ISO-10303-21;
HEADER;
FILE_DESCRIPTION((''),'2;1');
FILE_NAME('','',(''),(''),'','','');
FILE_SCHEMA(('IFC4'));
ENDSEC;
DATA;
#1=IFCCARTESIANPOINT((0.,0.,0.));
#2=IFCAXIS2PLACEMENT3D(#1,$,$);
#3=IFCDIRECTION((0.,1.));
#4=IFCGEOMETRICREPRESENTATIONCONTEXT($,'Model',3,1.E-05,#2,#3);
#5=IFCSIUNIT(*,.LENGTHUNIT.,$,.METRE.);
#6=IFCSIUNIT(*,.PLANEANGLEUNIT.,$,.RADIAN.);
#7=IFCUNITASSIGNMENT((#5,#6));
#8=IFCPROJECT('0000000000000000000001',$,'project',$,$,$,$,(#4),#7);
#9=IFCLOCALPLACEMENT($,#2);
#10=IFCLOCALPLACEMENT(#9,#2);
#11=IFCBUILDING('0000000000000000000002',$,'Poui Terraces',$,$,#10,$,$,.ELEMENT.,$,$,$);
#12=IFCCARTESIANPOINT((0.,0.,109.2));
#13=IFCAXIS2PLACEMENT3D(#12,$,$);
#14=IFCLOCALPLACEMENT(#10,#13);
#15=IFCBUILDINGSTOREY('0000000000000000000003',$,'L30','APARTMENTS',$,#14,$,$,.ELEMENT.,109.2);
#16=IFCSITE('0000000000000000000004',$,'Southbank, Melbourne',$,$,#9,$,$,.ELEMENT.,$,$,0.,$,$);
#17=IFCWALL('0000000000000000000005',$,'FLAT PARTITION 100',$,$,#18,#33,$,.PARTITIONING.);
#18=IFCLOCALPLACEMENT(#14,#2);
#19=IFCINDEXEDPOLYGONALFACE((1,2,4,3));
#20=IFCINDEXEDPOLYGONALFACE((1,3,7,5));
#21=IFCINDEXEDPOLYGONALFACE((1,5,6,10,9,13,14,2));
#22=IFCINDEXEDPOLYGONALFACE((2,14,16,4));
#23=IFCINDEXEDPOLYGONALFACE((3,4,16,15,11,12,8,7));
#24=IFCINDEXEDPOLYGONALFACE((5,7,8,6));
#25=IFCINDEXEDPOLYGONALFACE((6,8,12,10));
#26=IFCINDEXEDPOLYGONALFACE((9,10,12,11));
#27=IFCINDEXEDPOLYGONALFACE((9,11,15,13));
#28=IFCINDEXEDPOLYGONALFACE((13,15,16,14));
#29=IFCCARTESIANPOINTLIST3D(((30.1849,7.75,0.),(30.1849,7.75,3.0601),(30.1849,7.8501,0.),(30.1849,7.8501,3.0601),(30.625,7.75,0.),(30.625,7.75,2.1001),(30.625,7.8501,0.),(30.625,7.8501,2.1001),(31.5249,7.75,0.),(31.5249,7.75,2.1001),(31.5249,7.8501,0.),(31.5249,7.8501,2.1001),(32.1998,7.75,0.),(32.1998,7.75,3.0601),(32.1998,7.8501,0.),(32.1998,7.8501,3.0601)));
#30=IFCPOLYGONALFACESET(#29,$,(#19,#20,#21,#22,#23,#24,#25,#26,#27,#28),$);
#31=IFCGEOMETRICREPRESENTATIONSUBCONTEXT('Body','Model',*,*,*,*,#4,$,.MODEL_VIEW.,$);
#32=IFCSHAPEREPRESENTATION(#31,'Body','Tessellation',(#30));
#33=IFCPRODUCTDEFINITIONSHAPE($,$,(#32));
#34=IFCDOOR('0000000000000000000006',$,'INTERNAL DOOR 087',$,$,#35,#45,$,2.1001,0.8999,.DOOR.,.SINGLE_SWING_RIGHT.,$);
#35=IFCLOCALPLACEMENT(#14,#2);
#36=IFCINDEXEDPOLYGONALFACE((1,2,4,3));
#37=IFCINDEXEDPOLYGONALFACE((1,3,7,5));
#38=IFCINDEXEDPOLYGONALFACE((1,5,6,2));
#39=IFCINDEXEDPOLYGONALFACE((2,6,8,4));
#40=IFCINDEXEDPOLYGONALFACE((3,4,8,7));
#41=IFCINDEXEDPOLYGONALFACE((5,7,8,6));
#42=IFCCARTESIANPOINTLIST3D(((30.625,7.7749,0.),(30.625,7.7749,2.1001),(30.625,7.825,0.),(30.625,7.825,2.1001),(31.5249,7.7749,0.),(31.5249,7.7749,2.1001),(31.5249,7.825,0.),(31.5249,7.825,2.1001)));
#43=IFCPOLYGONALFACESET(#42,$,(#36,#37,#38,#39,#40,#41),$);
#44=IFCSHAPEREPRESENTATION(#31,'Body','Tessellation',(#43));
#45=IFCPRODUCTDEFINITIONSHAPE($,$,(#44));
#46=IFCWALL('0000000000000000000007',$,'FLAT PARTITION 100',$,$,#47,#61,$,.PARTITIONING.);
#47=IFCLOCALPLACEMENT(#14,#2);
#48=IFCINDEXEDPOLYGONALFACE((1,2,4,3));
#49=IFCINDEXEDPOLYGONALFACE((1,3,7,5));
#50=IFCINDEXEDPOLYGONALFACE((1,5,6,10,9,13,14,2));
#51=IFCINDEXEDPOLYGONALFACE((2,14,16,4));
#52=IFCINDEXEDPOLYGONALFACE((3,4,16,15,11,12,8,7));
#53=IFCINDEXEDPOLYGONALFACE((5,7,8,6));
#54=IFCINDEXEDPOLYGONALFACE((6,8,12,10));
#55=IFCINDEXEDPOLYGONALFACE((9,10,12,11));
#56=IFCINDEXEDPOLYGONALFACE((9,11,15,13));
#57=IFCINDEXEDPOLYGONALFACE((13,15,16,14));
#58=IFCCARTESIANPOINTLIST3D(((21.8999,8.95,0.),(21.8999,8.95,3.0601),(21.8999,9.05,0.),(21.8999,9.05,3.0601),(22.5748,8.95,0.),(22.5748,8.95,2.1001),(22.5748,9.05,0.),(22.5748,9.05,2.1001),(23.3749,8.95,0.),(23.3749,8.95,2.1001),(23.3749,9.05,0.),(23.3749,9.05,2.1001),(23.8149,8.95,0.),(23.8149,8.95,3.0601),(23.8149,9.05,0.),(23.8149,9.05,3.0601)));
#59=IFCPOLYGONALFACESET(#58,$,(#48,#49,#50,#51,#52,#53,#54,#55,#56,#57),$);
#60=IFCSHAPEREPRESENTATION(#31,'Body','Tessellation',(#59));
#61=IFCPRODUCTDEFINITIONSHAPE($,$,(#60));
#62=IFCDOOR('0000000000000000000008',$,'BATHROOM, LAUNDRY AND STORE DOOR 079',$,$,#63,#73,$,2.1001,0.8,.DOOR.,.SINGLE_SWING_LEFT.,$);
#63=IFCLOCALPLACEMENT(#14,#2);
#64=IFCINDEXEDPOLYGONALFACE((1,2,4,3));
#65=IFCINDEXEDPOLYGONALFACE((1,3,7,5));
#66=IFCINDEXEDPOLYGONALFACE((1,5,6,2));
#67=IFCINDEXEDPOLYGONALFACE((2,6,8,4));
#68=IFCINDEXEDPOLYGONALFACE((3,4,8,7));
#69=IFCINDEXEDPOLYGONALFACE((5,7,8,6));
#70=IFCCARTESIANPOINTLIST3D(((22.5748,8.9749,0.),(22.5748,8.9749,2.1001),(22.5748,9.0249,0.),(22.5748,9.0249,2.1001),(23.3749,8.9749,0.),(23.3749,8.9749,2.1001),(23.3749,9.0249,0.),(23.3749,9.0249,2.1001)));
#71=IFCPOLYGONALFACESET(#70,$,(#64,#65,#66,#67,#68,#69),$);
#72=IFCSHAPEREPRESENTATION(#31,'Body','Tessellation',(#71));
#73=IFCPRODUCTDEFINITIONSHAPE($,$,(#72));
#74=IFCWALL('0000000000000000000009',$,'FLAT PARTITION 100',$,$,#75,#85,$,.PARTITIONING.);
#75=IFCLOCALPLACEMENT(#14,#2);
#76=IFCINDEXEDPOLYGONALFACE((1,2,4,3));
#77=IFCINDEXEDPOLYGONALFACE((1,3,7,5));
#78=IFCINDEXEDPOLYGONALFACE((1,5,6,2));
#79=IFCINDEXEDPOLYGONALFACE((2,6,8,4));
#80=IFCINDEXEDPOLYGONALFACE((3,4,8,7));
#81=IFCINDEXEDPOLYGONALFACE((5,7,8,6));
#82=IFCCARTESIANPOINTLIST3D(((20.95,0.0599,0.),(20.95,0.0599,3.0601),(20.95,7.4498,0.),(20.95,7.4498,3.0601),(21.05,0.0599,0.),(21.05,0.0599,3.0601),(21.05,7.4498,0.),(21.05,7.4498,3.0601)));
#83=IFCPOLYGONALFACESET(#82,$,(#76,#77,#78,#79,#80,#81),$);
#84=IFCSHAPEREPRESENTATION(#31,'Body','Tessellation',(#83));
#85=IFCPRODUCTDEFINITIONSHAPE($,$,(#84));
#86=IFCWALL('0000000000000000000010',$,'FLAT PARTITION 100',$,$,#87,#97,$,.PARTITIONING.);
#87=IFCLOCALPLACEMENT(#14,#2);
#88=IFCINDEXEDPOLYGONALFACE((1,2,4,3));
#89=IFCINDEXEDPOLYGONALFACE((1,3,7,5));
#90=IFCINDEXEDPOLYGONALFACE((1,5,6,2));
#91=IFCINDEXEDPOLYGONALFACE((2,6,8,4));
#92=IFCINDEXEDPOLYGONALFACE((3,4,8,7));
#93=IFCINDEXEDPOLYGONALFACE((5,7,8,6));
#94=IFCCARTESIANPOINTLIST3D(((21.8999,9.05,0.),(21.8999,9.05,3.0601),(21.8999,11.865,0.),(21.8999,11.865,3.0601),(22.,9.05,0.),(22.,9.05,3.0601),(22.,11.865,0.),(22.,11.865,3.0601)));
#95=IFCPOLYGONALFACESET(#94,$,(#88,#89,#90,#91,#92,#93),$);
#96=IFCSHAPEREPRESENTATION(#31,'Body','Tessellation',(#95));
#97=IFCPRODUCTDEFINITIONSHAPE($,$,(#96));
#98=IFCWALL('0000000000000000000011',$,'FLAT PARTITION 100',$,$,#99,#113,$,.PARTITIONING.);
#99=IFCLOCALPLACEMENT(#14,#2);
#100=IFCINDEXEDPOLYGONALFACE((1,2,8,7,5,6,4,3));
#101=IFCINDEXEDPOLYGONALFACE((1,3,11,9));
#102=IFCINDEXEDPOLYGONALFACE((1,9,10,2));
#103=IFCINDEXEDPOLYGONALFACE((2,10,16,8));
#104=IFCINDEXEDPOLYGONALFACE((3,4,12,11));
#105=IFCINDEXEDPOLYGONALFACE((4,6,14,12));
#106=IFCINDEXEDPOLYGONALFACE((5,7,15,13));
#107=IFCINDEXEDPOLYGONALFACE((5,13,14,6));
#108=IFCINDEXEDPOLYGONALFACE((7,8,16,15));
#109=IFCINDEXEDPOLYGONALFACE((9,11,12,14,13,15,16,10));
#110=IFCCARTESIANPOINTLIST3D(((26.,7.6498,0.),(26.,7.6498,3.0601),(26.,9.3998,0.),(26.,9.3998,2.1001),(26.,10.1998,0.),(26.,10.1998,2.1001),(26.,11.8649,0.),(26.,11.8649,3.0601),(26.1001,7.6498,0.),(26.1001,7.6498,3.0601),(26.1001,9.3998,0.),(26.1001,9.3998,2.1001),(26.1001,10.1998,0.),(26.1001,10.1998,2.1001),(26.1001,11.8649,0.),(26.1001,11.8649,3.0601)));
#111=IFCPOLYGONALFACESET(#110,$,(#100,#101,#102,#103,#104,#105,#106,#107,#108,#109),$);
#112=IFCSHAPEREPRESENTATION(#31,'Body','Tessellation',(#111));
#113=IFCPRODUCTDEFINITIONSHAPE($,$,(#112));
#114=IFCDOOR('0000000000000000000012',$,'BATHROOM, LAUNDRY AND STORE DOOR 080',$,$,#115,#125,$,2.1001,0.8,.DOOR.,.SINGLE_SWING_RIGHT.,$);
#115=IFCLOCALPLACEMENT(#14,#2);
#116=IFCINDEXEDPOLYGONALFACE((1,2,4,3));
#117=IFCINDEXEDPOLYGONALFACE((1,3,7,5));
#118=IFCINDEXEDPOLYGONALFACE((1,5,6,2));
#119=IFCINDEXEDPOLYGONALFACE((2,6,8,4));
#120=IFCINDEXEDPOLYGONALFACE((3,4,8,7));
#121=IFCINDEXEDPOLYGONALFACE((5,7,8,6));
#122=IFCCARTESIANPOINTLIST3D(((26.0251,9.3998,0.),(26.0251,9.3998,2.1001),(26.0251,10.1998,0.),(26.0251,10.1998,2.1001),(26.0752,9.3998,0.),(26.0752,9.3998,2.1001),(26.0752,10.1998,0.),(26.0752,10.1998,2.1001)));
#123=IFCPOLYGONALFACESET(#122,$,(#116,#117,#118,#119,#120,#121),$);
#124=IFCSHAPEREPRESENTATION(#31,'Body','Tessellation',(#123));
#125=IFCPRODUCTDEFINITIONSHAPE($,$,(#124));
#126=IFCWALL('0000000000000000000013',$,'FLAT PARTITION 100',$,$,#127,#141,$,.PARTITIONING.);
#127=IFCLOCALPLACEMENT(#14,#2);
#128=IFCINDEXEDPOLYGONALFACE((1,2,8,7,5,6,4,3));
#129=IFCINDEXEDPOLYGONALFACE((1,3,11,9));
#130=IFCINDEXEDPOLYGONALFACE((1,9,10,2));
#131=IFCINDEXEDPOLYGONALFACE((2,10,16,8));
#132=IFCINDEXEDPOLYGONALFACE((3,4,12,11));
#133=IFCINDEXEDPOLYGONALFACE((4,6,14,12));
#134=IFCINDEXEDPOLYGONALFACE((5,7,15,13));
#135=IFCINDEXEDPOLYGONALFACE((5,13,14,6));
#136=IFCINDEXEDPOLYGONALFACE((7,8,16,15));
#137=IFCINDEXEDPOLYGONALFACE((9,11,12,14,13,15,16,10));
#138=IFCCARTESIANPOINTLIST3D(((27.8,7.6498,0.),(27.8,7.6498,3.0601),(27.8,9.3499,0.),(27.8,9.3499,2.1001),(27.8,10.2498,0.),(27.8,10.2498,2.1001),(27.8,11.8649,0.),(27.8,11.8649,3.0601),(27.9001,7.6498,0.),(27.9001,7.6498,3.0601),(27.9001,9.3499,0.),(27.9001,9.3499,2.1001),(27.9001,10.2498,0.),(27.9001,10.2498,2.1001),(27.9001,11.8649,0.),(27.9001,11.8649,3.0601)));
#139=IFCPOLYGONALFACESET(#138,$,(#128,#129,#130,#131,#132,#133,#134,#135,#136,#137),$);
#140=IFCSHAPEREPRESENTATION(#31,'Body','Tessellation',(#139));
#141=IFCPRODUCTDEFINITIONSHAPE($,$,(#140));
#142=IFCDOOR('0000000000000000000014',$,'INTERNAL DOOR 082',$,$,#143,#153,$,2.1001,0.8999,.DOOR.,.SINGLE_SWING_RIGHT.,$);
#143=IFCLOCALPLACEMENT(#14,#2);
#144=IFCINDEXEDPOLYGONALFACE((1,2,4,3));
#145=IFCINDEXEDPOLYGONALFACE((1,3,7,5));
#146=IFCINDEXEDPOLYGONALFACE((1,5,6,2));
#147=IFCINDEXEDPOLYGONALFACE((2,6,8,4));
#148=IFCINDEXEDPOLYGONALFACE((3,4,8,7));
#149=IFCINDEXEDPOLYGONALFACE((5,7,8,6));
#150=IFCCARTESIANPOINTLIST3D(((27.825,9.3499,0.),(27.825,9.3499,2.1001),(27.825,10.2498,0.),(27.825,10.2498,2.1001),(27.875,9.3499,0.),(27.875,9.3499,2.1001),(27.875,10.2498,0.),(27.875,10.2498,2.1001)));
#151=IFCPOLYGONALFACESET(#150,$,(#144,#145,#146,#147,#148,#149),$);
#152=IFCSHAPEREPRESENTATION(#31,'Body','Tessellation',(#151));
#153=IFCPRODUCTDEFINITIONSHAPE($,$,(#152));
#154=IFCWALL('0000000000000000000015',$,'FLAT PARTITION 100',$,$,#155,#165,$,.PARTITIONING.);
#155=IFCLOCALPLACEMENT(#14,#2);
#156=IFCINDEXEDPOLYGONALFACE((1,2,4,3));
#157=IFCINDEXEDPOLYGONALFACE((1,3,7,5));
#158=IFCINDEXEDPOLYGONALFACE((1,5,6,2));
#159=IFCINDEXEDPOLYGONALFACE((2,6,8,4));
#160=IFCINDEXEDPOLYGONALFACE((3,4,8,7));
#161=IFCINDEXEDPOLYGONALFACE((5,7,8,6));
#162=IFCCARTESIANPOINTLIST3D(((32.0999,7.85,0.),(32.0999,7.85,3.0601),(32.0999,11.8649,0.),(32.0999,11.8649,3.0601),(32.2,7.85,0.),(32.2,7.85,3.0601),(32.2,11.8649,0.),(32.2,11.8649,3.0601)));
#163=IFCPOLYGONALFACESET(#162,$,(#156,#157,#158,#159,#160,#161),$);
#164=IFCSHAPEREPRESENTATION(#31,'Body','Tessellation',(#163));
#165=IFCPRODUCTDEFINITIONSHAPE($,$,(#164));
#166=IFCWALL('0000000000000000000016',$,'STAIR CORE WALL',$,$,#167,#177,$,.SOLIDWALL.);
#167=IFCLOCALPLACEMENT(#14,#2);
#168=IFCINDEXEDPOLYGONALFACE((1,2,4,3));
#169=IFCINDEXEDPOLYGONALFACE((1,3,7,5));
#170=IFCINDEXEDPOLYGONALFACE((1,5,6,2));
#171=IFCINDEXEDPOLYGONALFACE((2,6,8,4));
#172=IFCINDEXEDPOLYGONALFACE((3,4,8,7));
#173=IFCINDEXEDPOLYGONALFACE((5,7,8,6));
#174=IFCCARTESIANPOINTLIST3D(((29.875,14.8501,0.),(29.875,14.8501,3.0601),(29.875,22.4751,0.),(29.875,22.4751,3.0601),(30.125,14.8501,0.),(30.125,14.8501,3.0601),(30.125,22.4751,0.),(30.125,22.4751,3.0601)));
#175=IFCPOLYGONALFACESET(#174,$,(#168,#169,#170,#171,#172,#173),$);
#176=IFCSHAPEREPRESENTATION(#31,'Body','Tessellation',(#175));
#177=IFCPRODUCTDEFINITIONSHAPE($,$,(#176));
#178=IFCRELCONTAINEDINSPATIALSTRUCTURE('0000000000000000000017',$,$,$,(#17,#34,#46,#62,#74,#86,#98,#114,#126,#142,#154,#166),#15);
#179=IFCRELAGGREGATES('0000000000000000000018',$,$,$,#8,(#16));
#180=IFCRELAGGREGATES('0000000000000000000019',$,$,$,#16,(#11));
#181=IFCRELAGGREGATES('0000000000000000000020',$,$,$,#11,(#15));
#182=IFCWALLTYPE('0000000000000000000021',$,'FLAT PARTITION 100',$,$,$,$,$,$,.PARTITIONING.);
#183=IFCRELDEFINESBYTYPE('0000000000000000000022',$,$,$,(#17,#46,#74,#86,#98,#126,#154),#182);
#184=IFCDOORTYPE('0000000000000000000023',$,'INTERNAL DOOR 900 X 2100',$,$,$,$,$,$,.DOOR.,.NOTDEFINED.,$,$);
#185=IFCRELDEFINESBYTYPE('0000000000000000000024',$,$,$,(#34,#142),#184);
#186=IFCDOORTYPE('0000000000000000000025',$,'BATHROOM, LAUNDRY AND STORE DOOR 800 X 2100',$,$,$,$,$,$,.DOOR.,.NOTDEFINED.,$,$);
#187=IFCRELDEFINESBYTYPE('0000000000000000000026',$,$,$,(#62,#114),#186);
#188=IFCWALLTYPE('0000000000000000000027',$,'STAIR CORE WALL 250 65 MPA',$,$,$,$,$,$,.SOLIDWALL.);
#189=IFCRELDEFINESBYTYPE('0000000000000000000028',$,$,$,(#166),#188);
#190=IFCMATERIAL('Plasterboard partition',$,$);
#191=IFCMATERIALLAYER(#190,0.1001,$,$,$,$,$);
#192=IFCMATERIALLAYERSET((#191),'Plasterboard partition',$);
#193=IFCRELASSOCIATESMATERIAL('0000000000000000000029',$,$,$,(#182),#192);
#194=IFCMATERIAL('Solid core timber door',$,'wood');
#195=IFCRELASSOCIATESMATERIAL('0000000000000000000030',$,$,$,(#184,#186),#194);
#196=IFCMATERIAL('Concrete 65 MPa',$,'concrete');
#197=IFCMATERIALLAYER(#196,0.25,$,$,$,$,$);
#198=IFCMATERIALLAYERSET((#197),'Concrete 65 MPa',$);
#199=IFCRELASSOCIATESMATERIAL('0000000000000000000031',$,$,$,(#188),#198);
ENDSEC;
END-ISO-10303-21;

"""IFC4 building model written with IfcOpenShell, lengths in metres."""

from ifc_helpers import new_model, si_unit, direction, frame, frame_2d, origin, place, context, subcontext, project, spatial, rectangle, extrude, material, layer, layer_set, type_object, element, fill, save


model = new_model("IFC4")

# Units and contexts
model_context = context("Model", 3, precision=1e-05, world=origin(), true_north=direction((0.0, 1.0)))
body_context = subcontext(model_context, "Body", "Model", "MODEL_VIEW")
ifc_project = project(units=[si_unit("LENGTHUNIT", "METRE"), si_unit("PLANEANGLEUNIT", "RADIAN")], contexts=[model_context])

# Site, building, storey
site_placement = place(None, origin())
site = spatial("IfcSite", under=ifc_project, at=site_placement, Name="Southbank, Melbourne", CompositionType="ELEMENT", RefElevation=0.0)
building_placement = place(site_placement, origin())
building = spatial("IfcBuilding", under=site, at=building_placement, Name="Poui Terraces", CompositionType="ELEMENT")
storey_placement = place(building_placement, frame((0.0, 0.0, 109.2)))
storey = spatial("IfcBuildingStorey", under=building, at=storey_placement, Name="L30", Description="APARTMENTS", CompositionType="ELEMENT", Elevation=109.2)

# Shared definitions
ifc_material_1 = material(Name="Concrete 65 MPa", Category="concrete")

# Shared definitions
ifc_material_2 = material(Name="Plasterboard partition")
ifc_layer_1 = layer(ifc_material_2, 0.1001)
ifc_layer_set_1 = layer_set([ifc_layer_1], Name="Plasterboard partition")
wall_type_1 = type_object("IfcWallType", Name="FLAT PARTITION 100", PredefinedType="PARTITIONING", material=ifc_layer_set_1)

# Walls, openings, doors
wall_1_placement = place(storey_placement, frame((30.1851, 7.8, 0.0), z_axis=(0.0, 0.0, 1.0), x_axis=(1.0, 0.0, 0.0)))
wall_1 = element("IfcWall", 1, at=wall_1_placement, inside=storey, type_object=wall_type_1, Name="FLAT PARTITION 100", PredefinedType="PARTITIONING", context=body_context, shape_type="SweptSolid", body=[
    extrude(rectangle(XDim=2.0149, YDim=0.1001, at=frame_2d((1.0073, 0.0))), origin(), (0.0, 0.0, 1.0), 3.0601),
])
opening_1_placement = place(wall_1_placement, frame((0.4399, 0.0, 0.0)))
opening_1 = element("IfcOpeningElement", 2, at=opening_1_placement, cuts=wall_1, PredefinedType="OPENING", context=body_context, shape_type="SweptSolid", body=[
    extrude(rectangle(XDim=0.8999, YDim=2.1001, at=frame_2d((0.45, 1.05))), frame((0.0, 0.0601, 0.0), z_axis=(0.0, -1.0, 0.0), x_axis=(1.0, 0.0, 0.0)), (0.0, 0.0, 1.0), 0.1201),
])
ifc_material_3 = material(Name="Solid core timber door", Category="wood")
door_type_1 = type_object("IfcDoorType", Name="INTERNAL DOOR 900 X 2100", OperationType="NOTDEFINED", PredefinedType="DOOR", material=ifc_material_3)
door_1_placement = place(opening_1_placement, origin())
door_1 = element("IfcDoor", 3, at=door_1_placement, inside=storey, type_object=door_type_1, Name="INTERNAL DOOR 087", OperationType="SINGLE_SWING_RIGHT", OverallHeight=2.1001, OverallWidth=0.8999, PredefinedType="DOOR", context=body_context, shape_type="SweptSolid", body=[
    extrude(rectangle(XDim=0.8999, YDim=2.1001, at=frame_2d((0.45, 1.05))), frame((0.0, 0.0249, 0.0), z_axis=(0.0, -1.0, 0.0), x_axis=(1.0, 0.0, 0.0)), (0.0, 0.0, 1.0), 0.05),
])
fill(opening_1, door_1)
wall_2_placement = place(storey_placement, frame((21.8999, 9.0, 0.0), z_axis=(0.0, 0.0, 1.0), x_axis=(1.0, 0.0, 0.0)))
wall_2 = element("IfcWall", 4, at=wall_2_placement, inside=storey, type_object=wall_type_1, Name="FLAT PARTITION 100", PredefinedType="PARTITIONING", context=body_context, shape_type="SweptSolid", body=[
    extrude(rectangle(XDim=1.915, YDim=0.1001, at=frame_2d((0.9575, 0.0))), origin(), (0.0, 0.0, 1.0), 3.0601),
])
opening_2_placement = place(wall_2_placement, frame((0.675, 0.0, 0.0)))
opening_2 = element("IfcOpeningElement", 5, at=opening_2_placement, cuts=wall_2, PredefinedType="OPENING", context=body_context, shape_type="SweptSolid", body=[
    extrude(rectangle(XDim=0.8, YDim=2.1001, at=frame_2d((0.3999, 1.05))), frame((0.0, 0.0601, 0.0), z_axis=(0.0, -1.0, 0.0), x_axis=(1.0, 0.0, 0.0)), (0.0, 0.0, 1.0), 0.1201),
])
door_type_2 = type_object("IfcDoorType", Name="BATHROOM, LAUNDRY AND STORE DOOR 800 X 2100", OperationType="NOTDEFINED", PredefinedType="DOOR", material=ifc_material_3)
door_2_placement = place(opening_2_placement, origin())
door_2 = element("IfcDoor", 6, at=door_2_placement, inside=storey, type_object=door_type_2, Name="BATHROOM, LAUNDRY AND STORE DOOR 079", OperationType="SINGLE_SWING_LEFT", OverallHeight=2.1001, OverallWidth=0.8, PredefinedType="DOOR", context=body_context, shape_type="SweptSolid", body=[
    extrude(rectangle(XDim=0.8, YDim=2.1001, at=frame_2d((0.3999, 1.05))), frame((0.0, 0.0249, 0.0), z_axis=(0.0, -1.0, 0.0), x_axis=(1.0, 0.0, 0.0)), (0.0, 0.0, 1.0), 0.05),
])
fill(opening_2, door_2)

# Walls
wall_3_placement = place(storey_placement, frame((21.0, 0.0601, 0.0), z_axis=(0.0, 0.0, 1.0), x_axis=(0.0, 1.0, 0.0)))
element("IfcWall", 7, at=wall_3_placement, inside=storey, type_object=wall_type_1, Name="FLAT PARTITION 100", PredefinedType="PARTITIONING", context=body_context, shape_type="SweptSolid", body=[
    extrude(rectangle(XDim=7.3899, YDim=0.1001, at=frame_2d((3.6948, 0.0))), origin(), (0.0, 0.0, 1.0), 3.0601),
])
wall_4_placement = place(storey_placement, frame((21.95, 9.05, 0.0), z_axis=(0.0, 0.0, 1.0), x_axis=(0.0, 1.0, 0.0)))
element("IfcWall", 8, at=wall_4_placement, inside=storey, type_object=wall_type_1, Name="FLAT PARTITION 100", PredefinedType="PARTITIONING", context=body_context, shape_type="SweptSolid", body=[
    extrude(rectangle(XDim=2.8149, YDim=0.1001, at=frame_2d((1.4075, 0.0))), origin(), (0.0, 0.0, 1.0), 3.0601),
])

# Walls, openings, doors
wall_5_placement = place(storey_placement, frame((26.05, 7.6499, 0.0), z_axis=(0.0, 0.0, 1.0), x_axis=(0.0, 1.0, 0.0)))
wall_5 = element("IfcWall", 9, at=wall_5_placement, inside=storey, type_object=wall_type_1, Name="FLAT PARTITION 100", PredefinedType="PARTITIONING", context=body_context, shape_type="SweptSolid", body=[
    extrude(rectangle(XDim=4.2151, YDim=0.1001, at=frame_2d((2.1074, 0.0))), origin(), (0.0, 0.0, 1.0), 3.0601),
])
opening_3_placement = place(wall_5_placement, frame((1.75, 0.0, 0.0)))
opening_3 = element("IfcOpeningElement", 10, at=opening_3_placement, cuts=wall_5, PredefinedType="OPENING", context=body_context, shape_type="SweptSolid", body=[
    extrude(rectangle(XDim=0.8, YDim=2.1001, at=frame_2d((0.3999, 1.05))), frame((0.0, 0.0601, 0.0), z_axis=(0.0, -1.0, 0.0), x_axis=(1.0, 0.0, 0.0)), (0.0, 0.0, 1.0), 0.1201),
])
door_3_placement = place(opening_3_placement, origin())
door_3 = element("IfcDoor", 11, at=door_3_placement, inside=storey, type_object=door_type_2, Name="BATHROOM, LAUNDRY AND STORE DOOR 080", OperationType="SINGLE_SWING_RIGHT", OverallHeight=2.1001, OverallWidth=0.8, PredefinedType="DOOR", context=body_context, shape_type="SweptSolid", body=[
    extrude(rectangle(XDim=0.8, YDim=2.1001, at=frame_2d((0.3999, 1.05))), frame((0.0, 0.0249, 0.0), z_axis=(0.0, -1.0, 0.0), x_axis=(1.0, 0.0, 0.0)), (0.0, 0.0, 1.0), 0.05),
])
fill(opening_3, door_3)
wall_6_placement = place(storey_placement, frame((27.8501, 7.6499, 0.0), z_axis=(0.0, 0.0, 1.0), x_axis=(0.0, 1.0, 0.0)))
wall_6 = element("IfcWall", 12, at=wall_6_placement, inside=storey, type_object=wall_type_1, Name="FLAT PARTITION 100", PredefinedType="PARTITIONING", context=body_context, shape_type="SweptSolid", body=[
    extrude(rectangle(XDim=4.2151, YDim=0.1001, at=frame_2d((2.1074, 0.0))), origin(), (0.0, 0.0, 1.0), 3.0601),
])
opening_4_placement = place(wall_6_placement, frame((1.7, 0.0, 0.0)))
opening_4 = element("IfcOpeningElement", 13, at=opening_4_placement, cuts=wall_6, PredefinedType="OPENING", context=body_context, shape_type="SweptSolid", body=[
    extrude(rectangle(XDim=0.8999, YDim=2.1001, at=frame_2d((0.45, 1.05))), frame((0.0, 0.0601, 0.0), z_axis=(0.0, -1.0, 0.0), x_axis=(1.0, 0.0, 0.0)), (0.0, 0.0, 1.0), 0.1201),
])
door_4_placement = place(opening_4_placement, frame((0.8999, 0.0, 0.0), z_axis=(0.0, 0.0, 1.0), x_axis=(-1.0, 0.0, 0.0)))
door_4 = element("IfcDoor", 14, at=door_4_placement, inside=storey, type_object=door_type_1, Name="INTERNAL DOOR 082", OperationType="SINGLE_SWING_RIGHT", OverallHeight=2.1001, OverallWidth=0.8999, PredefinedType="DOOR", context=body_context, shape_type="SweptSolid", body=[
    extrude(rectangle(XDim=0.8999, YDim=2.1001, at=frame_2d((0.45, 1.05))), frame((0.0, 0.0249, 0.0), z_axis=(0.0, -1.0, 0.0), x_axis=(1.0, 0.0, 0.0)), (0.0, 0.0, 1.0), 0.05),
])
fill(opening_4, door_4)

# Walls
wall_7_placement = place(storey_placement, frame((32.1499, 7.8501, 0.0), z_axis=(0.0, 0.0, 1.0), x_axis=(0.0, 1.0, 0.0)))
element("IfcWall", 15, at=wall_7_placement, inside=storey, type_object=wall_type_1, Name="FLAT PARTITION 100", PredefinedType="PARTITIONING", context=body_context, shape_type="SweptSolid", body=[
    extrude(rectangle(XDim=4.0149, YDim=0.1001, at=frame_2d((2.0073, 0.0))), origin(), (0.0, 0.0, 1.0), 3.0601),
])
ifc_layer_2 = layer(ifc_material_1, 0.25)
ifc_layer_set_2 = layer_set([ifc_layer_2], Name="Concrete 65 MPa")
wall_type_2 = type_object("IfcWallType", Name="STAIR CORE WALL 250 65 MPA", PredefinedType="SOLIDWALL", material=ifc_layer_set_2)
for number, where, z_axis, x_axis, name in (
    (16, (30.0, 14.8501, 0.0), (0.0, 0.0, 1.0), (0.0, 1.0, 0.0), "STAIR CORE WALL"),
):
    element("IfcWall", number, at=place(storey_placement, frame(where, z_axis=z_axis, x_axis=x_axis)), inside=storey, type_object=wall_type_2, Name=name, PredefinedType="SOLIDWALL", context=body_context, shape_type="SweptSolid", body=[
        extrude(rectangle(XDim=7.625, YDim=0.25, at=frame_2d((3.8125, 0.0))), origin(), (0.0, 0.0, 1.0), 3.0601),
    ])

save(model, "model.ifc")
